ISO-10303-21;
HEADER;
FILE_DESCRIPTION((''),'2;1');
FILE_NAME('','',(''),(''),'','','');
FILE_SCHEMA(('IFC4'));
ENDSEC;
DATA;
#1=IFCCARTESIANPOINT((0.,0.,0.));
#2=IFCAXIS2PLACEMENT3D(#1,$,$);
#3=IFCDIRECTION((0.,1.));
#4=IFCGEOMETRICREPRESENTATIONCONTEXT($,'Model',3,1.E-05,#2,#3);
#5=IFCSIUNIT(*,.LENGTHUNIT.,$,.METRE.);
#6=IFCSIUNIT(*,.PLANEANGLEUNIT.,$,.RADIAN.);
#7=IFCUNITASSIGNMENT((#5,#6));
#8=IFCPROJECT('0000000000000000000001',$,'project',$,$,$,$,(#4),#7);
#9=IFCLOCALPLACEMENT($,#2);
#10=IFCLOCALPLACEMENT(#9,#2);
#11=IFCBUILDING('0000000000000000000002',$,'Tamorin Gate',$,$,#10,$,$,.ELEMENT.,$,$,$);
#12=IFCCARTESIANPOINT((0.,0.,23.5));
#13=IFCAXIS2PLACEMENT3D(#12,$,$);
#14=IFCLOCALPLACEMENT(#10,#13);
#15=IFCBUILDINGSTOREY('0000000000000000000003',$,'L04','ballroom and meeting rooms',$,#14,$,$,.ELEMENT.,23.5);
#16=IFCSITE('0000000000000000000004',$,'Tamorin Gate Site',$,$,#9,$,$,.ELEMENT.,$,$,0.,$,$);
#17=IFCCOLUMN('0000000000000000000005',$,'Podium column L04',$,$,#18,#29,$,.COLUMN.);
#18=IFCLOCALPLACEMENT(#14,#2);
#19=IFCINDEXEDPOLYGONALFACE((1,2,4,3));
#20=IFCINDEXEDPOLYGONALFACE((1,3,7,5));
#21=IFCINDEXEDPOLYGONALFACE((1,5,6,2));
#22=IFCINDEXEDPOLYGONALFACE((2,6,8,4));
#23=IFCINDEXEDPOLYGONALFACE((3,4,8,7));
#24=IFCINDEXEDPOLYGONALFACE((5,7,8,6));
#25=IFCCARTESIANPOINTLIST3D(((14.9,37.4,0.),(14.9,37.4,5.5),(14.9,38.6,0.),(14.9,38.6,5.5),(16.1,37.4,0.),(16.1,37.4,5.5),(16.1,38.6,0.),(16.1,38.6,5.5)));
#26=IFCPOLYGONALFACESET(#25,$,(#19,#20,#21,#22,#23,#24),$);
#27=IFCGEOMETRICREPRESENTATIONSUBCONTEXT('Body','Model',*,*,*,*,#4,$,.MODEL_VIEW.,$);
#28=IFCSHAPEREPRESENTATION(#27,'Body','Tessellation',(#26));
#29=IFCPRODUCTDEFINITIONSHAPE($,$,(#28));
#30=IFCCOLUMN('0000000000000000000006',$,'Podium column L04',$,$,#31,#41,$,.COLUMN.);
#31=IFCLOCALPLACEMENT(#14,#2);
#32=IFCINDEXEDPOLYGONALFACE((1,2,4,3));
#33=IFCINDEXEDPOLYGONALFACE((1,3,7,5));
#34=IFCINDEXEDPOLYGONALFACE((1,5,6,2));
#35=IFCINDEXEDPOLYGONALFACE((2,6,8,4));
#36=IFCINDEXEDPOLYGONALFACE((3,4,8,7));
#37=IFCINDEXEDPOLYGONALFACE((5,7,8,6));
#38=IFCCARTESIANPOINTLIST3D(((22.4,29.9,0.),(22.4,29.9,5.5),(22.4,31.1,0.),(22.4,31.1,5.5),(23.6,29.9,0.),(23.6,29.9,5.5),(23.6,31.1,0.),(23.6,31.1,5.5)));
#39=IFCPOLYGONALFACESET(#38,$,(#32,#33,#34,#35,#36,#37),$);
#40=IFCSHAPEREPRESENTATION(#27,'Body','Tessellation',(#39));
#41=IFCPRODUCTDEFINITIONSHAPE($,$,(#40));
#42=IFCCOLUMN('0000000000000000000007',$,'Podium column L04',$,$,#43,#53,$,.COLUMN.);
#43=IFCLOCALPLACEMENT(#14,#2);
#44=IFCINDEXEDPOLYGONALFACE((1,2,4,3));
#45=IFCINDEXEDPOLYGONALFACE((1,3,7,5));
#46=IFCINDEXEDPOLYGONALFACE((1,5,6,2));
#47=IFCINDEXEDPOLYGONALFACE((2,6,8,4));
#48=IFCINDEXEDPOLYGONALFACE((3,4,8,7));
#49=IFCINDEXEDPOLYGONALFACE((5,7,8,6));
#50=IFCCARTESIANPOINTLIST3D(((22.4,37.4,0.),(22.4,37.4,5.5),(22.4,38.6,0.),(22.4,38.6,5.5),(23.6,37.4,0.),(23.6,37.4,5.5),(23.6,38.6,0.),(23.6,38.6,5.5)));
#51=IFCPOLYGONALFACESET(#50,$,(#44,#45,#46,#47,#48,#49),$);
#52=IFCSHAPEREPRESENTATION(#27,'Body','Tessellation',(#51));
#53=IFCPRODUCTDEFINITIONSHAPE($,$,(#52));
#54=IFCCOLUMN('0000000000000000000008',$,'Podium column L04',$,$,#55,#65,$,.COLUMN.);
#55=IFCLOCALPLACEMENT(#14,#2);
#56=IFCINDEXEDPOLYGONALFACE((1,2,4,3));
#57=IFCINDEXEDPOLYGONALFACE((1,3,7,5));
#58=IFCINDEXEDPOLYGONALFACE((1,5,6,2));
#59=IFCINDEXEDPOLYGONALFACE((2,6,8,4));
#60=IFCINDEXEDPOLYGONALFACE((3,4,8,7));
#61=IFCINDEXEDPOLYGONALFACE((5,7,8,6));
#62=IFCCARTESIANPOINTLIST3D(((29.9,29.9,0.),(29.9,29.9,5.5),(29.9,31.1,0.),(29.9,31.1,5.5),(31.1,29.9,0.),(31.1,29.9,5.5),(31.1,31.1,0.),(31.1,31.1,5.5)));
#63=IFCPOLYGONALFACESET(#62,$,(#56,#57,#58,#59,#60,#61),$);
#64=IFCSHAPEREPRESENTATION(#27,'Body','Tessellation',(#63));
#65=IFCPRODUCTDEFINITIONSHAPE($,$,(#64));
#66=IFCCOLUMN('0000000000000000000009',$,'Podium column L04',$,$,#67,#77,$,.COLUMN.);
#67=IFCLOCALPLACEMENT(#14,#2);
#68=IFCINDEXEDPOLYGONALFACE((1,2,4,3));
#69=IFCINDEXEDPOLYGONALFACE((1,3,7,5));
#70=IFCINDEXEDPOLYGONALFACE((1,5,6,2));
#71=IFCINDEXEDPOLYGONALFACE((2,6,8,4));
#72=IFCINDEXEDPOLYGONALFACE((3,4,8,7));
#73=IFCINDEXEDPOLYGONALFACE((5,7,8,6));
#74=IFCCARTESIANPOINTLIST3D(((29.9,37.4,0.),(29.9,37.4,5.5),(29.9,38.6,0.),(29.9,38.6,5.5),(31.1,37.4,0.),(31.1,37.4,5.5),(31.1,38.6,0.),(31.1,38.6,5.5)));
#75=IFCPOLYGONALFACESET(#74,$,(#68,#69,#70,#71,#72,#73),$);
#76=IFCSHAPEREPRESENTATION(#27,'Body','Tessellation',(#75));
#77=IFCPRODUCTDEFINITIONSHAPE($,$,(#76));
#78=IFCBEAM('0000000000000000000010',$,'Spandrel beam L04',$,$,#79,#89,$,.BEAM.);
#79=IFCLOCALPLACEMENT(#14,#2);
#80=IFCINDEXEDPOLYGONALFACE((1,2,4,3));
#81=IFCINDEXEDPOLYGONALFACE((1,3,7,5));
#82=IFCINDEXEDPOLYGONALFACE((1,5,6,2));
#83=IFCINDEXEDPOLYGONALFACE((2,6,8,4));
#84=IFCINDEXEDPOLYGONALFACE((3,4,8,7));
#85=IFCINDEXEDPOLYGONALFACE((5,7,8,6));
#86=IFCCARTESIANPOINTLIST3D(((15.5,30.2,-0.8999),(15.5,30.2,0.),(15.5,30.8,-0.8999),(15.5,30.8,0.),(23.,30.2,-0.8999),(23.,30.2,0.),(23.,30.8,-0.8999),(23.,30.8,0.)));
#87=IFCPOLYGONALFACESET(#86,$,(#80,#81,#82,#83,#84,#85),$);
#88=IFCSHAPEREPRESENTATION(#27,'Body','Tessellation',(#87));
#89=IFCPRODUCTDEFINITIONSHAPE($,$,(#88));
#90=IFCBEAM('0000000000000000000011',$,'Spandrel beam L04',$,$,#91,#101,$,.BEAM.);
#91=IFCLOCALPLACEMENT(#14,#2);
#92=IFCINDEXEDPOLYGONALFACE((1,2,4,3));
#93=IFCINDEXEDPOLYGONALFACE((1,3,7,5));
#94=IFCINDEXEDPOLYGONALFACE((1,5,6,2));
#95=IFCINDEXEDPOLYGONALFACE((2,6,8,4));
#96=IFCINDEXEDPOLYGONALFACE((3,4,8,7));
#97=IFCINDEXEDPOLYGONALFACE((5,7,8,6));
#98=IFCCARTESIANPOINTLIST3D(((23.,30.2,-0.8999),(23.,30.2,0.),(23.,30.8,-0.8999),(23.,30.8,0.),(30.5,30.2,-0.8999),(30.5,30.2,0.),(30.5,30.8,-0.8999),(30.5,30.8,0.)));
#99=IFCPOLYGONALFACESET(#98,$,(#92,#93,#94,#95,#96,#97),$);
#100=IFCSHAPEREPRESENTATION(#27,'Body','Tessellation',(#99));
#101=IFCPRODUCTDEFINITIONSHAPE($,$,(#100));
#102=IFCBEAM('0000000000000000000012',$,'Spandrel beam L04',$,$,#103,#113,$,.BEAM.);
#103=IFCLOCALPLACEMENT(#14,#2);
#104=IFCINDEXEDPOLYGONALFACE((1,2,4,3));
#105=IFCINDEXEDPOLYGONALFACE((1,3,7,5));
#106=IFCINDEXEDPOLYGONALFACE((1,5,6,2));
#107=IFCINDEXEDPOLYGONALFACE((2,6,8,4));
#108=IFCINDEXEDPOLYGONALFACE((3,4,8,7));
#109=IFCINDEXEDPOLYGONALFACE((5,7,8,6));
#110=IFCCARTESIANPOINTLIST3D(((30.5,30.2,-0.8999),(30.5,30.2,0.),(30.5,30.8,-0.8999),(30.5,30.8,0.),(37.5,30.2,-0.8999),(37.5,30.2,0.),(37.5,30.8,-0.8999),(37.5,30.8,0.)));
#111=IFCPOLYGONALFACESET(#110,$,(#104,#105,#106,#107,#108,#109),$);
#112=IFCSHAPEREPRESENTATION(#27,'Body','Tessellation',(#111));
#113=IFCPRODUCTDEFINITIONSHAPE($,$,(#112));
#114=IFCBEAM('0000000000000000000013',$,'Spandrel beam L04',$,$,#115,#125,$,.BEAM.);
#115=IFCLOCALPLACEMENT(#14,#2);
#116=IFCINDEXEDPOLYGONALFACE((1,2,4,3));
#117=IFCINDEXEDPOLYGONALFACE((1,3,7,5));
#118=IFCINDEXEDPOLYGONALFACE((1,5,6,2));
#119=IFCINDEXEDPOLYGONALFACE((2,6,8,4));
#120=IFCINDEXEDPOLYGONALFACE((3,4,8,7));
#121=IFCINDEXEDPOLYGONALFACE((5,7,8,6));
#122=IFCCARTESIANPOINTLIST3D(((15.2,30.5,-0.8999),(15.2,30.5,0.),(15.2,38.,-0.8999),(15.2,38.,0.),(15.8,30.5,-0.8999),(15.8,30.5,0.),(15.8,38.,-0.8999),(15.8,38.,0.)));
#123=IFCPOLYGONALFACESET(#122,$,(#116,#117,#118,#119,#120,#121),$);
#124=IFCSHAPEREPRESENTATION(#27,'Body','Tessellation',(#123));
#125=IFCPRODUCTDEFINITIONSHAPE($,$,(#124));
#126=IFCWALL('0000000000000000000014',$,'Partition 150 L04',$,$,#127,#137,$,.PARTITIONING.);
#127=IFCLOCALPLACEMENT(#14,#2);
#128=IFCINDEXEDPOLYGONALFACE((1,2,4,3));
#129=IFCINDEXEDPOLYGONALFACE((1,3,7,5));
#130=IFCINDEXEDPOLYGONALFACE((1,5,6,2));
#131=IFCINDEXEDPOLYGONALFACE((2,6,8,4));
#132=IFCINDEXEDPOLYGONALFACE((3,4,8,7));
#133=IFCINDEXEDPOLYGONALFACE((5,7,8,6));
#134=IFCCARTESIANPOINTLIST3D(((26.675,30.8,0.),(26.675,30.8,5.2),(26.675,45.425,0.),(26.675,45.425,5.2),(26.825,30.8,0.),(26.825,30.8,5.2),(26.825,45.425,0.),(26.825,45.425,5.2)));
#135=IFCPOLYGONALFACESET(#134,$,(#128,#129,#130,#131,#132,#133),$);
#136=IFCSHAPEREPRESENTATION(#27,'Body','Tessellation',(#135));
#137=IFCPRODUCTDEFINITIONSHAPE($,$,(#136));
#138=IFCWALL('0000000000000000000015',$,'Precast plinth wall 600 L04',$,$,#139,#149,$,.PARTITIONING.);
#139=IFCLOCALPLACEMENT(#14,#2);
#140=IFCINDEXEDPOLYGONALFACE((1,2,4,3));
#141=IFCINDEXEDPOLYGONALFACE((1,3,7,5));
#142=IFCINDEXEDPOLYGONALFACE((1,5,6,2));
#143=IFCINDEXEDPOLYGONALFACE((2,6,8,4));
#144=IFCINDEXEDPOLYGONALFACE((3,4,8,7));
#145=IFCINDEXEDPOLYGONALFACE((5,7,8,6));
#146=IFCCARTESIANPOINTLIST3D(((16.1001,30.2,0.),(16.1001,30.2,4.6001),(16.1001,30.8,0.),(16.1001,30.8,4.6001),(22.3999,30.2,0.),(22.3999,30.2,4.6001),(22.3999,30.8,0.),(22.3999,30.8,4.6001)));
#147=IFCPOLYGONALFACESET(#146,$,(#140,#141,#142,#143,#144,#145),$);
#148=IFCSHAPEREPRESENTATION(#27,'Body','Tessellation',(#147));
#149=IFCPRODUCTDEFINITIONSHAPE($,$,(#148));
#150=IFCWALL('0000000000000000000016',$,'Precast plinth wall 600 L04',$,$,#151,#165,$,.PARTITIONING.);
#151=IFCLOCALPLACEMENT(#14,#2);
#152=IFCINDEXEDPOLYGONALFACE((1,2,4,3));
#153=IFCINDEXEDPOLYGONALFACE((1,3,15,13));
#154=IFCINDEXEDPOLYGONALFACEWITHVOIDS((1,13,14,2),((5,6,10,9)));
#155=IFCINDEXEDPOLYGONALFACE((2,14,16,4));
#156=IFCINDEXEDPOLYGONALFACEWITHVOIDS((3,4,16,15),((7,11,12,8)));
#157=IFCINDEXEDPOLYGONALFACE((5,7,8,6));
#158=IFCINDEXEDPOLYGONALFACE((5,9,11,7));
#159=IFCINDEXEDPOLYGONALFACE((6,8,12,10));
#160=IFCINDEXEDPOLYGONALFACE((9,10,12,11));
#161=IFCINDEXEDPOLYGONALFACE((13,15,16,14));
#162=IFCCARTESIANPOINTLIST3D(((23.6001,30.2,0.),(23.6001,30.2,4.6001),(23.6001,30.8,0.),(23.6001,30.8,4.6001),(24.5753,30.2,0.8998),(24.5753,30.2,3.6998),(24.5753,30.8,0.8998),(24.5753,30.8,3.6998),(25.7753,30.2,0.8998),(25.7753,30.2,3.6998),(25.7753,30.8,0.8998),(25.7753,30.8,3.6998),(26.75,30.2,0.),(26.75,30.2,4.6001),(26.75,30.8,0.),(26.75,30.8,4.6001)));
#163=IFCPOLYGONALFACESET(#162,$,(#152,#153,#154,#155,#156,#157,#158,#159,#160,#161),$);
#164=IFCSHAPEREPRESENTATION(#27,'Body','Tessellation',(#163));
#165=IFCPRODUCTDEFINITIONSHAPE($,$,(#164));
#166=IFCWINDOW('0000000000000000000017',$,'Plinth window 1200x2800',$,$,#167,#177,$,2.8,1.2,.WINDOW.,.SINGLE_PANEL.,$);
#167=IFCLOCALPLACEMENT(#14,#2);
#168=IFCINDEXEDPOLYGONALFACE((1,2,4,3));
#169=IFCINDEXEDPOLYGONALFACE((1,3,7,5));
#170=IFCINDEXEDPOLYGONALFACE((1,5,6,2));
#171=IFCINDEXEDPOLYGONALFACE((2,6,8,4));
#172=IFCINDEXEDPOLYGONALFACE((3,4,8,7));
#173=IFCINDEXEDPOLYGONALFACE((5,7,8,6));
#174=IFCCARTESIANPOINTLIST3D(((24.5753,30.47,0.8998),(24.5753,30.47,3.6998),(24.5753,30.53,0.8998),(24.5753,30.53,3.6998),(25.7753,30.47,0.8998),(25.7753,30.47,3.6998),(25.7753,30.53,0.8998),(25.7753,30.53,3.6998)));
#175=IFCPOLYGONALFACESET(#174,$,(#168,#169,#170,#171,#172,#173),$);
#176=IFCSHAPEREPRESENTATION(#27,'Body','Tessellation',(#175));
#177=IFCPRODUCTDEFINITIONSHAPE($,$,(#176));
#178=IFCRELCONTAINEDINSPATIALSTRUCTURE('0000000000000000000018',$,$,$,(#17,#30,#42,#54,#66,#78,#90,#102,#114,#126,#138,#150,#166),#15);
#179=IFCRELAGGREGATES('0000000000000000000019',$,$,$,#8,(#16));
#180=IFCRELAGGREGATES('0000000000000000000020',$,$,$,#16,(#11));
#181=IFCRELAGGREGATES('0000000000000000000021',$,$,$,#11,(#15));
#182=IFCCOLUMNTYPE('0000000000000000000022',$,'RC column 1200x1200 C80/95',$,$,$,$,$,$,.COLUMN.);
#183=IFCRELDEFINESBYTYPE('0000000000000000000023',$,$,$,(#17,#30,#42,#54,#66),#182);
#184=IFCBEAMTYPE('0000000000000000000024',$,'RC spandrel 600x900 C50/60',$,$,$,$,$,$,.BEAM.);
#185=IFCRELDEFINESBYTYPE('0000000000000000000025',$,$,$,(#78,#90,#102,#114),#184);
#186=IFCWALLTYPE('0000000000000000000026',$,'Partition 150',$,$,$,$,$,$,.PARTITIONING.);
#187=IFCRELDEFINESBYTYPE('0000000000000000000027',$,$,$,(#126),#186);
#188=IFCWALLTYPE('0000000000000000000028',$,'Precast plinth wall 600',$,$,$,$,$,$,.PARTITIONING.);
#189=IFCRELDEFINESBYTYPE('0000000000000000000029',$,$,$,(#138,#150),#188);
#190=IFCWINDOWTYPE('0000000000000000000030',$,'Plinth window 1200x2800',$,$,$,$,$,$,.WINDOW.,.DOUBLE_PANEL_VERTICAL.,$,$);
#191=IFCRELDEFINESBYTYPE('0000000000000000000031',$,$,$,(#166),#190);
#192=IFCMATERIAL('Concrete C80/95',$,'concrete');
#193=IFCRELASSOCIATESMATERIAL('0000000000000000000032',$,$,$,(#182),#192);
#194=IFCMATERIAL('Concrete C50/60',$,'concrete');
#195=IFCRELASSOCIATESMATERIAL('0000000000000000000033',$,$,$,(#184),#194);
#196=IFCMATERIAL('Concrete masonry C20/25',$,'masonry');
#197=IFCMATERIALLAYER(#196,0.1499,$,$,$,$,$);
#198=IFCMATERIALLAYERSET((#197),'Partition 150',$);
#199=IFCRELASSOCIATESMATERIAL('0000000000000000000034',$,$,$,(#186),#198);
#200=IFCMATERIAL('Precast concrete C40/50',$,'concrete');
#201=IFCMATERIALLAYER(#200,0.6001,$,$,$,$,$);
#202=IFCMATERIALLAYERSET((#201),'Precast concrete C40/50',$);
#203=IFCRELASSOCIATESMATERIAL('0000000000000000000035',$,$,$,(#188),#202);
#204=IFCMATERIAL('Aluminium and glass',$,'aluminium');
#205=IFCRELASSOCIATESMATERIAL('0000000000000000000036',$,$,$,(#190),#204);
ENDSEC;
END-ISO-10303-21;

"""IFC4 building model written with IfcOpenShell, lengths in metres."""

from ifc_helpers import new_model, si_unit, direction, frame, frame_2d, origin, origin_2d, place, context, subcontext, project, spatial, rectangle, extrude, material, layer, layer_set, material_profile, profile_set, type_object, element, fill, save


model = new_model("IFC4")

# Units and contexts
model_context = context("Model", 3, precision=1e-05, world=origin(), true_north=direction((0.0, 1.0)))
body_context = subcontext(model_context, "Body", "Model", "MODEL_VIEW")
ifc_project = project(units=[si_unit("LENGTHUNIT", "METRE"), si_unit("PLANEANGLEUNIT", "RADIAN")], contexts=[model_context])

# Site, building, storey
site_placement = place(None, origin())
site = spatial("IfcSite", under=ifc_project, at=site_placement, Name="Tamorin Gate Site", CompositionType="ELEMENT", RefElevation=0.0)
building_placement = place(site_placement, origin())
building = spatial("IfcBuilding", under=site, at=building_placement, Name="Tamorin Gate", CompositionType="ELEMENT")
storey_placement = place(building_placement, frame((0.0, 0.0, 23.5)))
storey = spatial("IfcBuildingStorey", under=building, at=storey_placement, Name="L04", Description="ballroom and meeting rooms", CompositionType="ELEMENT", Elevation=23.5)

# Columns
ifc_material_1 = material(Name="Concrete C80/95", Category="concrete")
ifc_material_profile_1 = material_profile(ifc_material_1, rectangle(XDim=1.2, YDim=1.2, at=origin_2d()), Name="RC 1200x1200")
ifc_profile_set_1 = profile_set([ifc_material_profile_1], Name="Concrete C80/95")
column_type = type_object("IfcColumnType", Name="RC column 1200x1200 C80/95", PredefinedType="COLUMN", material=ifc_profile_set_1)
for number, where, z_axis, x_axis, name in (
    (1, (15.5, 38.0, 0.0), (0.0, 0.0, 1.0), (1.0, 0.0, 0.0), "Podium column L04"),
    (2, (23.0, 30.5, 0.0), (0.0, 0.0, 1.0), (1.0, 0.0, 0.0), "Podium column L04"),
    (3, (23.0, 38.0, 0.0), (0.0, 0.0, 1.0), (1.0, 0.0, 0.0), "Podium column L04"),
    (4, (30.5, 30.5, 0.0), (0.0, 0.0, 1.0), (1.0, 0.0, 0.0), "Podium column L04"),
    (5, (30.5, 38.0, 0.0), (0.0, 0.0, 1.0), (1.0, 0.0, 0.0), "Podium column L04"),
):
    element("IfcColumn", number, at=place(storey_placement, frame(where, z_axis=z_axis, x_axis=x_axis)), inside=storey, type_object=column_type, Name=name, PredefinedType="COLUMN", context=body_context, shape_type="SweptSolid", body=[
        extrude(rectangle(XDim=1.2, YDim=1.2, at=origin_2d()), origin(), (0.0, 0.0, 1.0), 5.5),
    ])

# Beams
ifc_material_2 = material(Name="Concrete C50/60", Category="concrete")
ifc_material_profile_2 = material_profile(ifc_material_2, rectangle(XDim=0.6001, YDim=0.8999, at=origin_2d()), Name="RC 600x900")
ifc_profile_set_2 = profile_set([ifc_material_profile_2], Name="Concrete C50/60")
beam_type = type_object("IfcBeamType", Name="RC spandrel 600x900 C50/60", PredefinedType="BEAM", material=ifc_profile_set_2)
for number, where, z_axis, x_axis, name in (
    (6, (15.5, 30.5, -0.45), (1.0, 0.0, 0.0), (0.0, 1.0, 0.0), "Spandrel beam L04"),
    (7, (23.0, 30.5, -0.45), (1.0, 0.0, 0.0), (0.0, 1.0, 0.0), "Spandrel beam L04"),
):
    element("IfcBeam", number, at=place(storey_placement, frame(where, z_axis=z_axis, x_axis=x_axis)), inside=storey, type_object=beam_type, Name=name, PredefinedType="BEAM", context=body_context, shape_type="SweptSolid", body=[
        extrude(rectangle(XDim=0.6001, YDim=0.8999, at=origin_2d()), origin(), (0.0, 0.0, 1.0), 7.5),
    ])
beam_1_placement = place(storey_placement, frame((30.5, 30.5, -0.45), z_axis=(1.0, 0.0, 0.0), x_axis=(0.0, 1.0, 0.0)))
element("IfcBeam", 8, at=beam_1_placement, inside=storey, type_object=beam_type, Name="Spandrel beam L04", PredefinedType="BEAM", context=body_context, shape_type="SweptSolid", body=[
    extrude(rectangle(XDim=0.6001, YDim=0.8999, at=origin_2d()), origin(), (0.0, 0.0, 1.0), 7.0),
])
beam_2_placement = place(storey_placement, frame((15.5, 38.0, -0.45), z_axis=(0.0, -1.0, 0.0), x_axis=(1.0, 0.0, 0.0)))
element("IfcBeam", 9, at=beam_2_placement, inside=storey, type_object=beam_type, Name="Spandrel beam L04", PredefinedType="BEAM", context=body_context, shape_type="SweptSolid", body=[
    extrude(rectangle(XDim=0.6001, YDim=0.8999, at=origin_2d()), origin(), (0.0, 0.0, 1.0), 7.5),
])

# Walls
ifc_material_3 = material(Name="Concrete masonry C20/25", Category="masonry")
ifc_layer_1 = layer(ifc_material_3, 0.1499)
ifc_layer_set_1 = layer_set([ifc_layer_1], Name="Partition 150")
wall_type_1 = type_object("IfcWallType", Name="Partition 150", PredefinedType="PARTITIONING", material=ifc_layer_set_1)
wall_1_placement = place(storey_placement, frame((26.75, 30.8, 0.0), z_axis=(0.0, 0.0, 1.0), x_axis=(0.0, 1.0, 0.0)))
element("IfcWall", 10, at=wall_1_placement, inside=storey, type_object=wall_type_1, Name="Partition 150 L04", PredefinedType="PARTITIONING", context=body_context, shape_type="SweptSolid", body=[
    extrude(rectangle(XDim=14.625, YDim=0.1499, at=frame_2d((7.3125, 0.0))), origin(), (0.0, 0.0, 1.0), 5.2),
])
ifc_material_4 = material(Name="Precast concrete C40/50", Category="concrete")
ifc_layer_2 = layer(ifc_material_4, 0.6001)
ifc_layer_set_2 = layer_set([ifc_layer_2], Name="Precast concrete C40/50")
wall_type_2 = type_object("IfcWallType", Name="Precast plinth wall 600", PredefinedType="PARTITIONING", material=ifc_layer_set_2)
wall_2_placement = place(storey_placement, frame((16.1001, 30.5, 0.0), z_axis=(0.0, 0.0, 1.0), x_axis=(1.0, 0.0, 0.0)))
element("IfcWall", 11, at=wall_2_placement, inside=storey, type_object=wall_type_2, Name="Precast plinth wall 600 L04", PredefinedType="PARTITIONING", context=body_context, shape_type="SweptSolid", body=[
    extrude(rectangle(XDim=6.2998, YDim=0.6001, at=frame_2d((3.1499, 0.0))), origin(), (0.0, 0.0, 1.0), 4.6001),
])

# Wall, opening, window
wall_3_placement = place(storey_placement, frame((23.6001, 30.5, 0.0), z_axis=(0.0, 0.0, 1.0), x_axis=(1.0, 0.0, 0.0)))
wall_3 = element("IfcWall", 12, at=wall_3_placement, inside=storey, type_object=wall_type_2, Name="Precast plinth wall 600 L04", PredefinedType="PARTITIONING", context=body_context, shape_type="SweptSolid", body=[
    extrude(rectangle(XDim=3.1499, YDim=0.6001, at=frame_2d((1.575, 0.0))), origin(), (0.0, 0.0, 1.0), 4.6001),
])
opening_1_placement = place(wall_3_placement, frame((0.9751, 0.0, 0.8999)))
opening_1 = element("IfcOpeningElement", 13, at=opening_1_placement, cuts=wall_3, PredefinedType="OPENING", context=body_context, shape_type="SweptSolid", body=[
    extrude(rectangle(XDim=1.2, YDim=2.8, at=frame_2d((0.6001, 1.3999))), frame((0.0, 0.3101, 0.0), z_axis=(0.0, -1.0, 0.0), x_axis=(1.0, 0.0, 0.0)), (0.0, 0.0, 1.0), 0.6201),
])
ifc_material_5 = material(Name="Aluminium and glass", Category="aluminium")
window_type = type_object("IfcWindowType", Name="Plinth window 1200x2800", PartitioningType="DOUBLE_PANEL_VERTICAL", PredefinedType="WINDOW", material=ifc_material_5)
window_1_placement = place(opening_1_placement, origin())
window_1 = element("IfcWindow", 14, at=window_1_placement, inside=storey, type_object=window_type, Name="Plinth window 1200x2800", OverallHeight=2.8, OverallWidth=1.2, PartitioningType="SINGLE_PANEL", PredefinedType="WINDOW", context=body_context, shape_type="SweptSolid", body=[
    extrude(rectangle(XDim=1.2, YDim=2.8, at=frame_2d((0.6001, 1.3999))), frame((0.0, 0.03, 0.0), z_axis=(0.0, -1.0, 0.0), x_axis=(1.0, 0.0, 0.0)), (0.0, 0.0, 1.0), 0.0601),
])
fill(opening_1, window_1)

save(model, "model.ifc")
